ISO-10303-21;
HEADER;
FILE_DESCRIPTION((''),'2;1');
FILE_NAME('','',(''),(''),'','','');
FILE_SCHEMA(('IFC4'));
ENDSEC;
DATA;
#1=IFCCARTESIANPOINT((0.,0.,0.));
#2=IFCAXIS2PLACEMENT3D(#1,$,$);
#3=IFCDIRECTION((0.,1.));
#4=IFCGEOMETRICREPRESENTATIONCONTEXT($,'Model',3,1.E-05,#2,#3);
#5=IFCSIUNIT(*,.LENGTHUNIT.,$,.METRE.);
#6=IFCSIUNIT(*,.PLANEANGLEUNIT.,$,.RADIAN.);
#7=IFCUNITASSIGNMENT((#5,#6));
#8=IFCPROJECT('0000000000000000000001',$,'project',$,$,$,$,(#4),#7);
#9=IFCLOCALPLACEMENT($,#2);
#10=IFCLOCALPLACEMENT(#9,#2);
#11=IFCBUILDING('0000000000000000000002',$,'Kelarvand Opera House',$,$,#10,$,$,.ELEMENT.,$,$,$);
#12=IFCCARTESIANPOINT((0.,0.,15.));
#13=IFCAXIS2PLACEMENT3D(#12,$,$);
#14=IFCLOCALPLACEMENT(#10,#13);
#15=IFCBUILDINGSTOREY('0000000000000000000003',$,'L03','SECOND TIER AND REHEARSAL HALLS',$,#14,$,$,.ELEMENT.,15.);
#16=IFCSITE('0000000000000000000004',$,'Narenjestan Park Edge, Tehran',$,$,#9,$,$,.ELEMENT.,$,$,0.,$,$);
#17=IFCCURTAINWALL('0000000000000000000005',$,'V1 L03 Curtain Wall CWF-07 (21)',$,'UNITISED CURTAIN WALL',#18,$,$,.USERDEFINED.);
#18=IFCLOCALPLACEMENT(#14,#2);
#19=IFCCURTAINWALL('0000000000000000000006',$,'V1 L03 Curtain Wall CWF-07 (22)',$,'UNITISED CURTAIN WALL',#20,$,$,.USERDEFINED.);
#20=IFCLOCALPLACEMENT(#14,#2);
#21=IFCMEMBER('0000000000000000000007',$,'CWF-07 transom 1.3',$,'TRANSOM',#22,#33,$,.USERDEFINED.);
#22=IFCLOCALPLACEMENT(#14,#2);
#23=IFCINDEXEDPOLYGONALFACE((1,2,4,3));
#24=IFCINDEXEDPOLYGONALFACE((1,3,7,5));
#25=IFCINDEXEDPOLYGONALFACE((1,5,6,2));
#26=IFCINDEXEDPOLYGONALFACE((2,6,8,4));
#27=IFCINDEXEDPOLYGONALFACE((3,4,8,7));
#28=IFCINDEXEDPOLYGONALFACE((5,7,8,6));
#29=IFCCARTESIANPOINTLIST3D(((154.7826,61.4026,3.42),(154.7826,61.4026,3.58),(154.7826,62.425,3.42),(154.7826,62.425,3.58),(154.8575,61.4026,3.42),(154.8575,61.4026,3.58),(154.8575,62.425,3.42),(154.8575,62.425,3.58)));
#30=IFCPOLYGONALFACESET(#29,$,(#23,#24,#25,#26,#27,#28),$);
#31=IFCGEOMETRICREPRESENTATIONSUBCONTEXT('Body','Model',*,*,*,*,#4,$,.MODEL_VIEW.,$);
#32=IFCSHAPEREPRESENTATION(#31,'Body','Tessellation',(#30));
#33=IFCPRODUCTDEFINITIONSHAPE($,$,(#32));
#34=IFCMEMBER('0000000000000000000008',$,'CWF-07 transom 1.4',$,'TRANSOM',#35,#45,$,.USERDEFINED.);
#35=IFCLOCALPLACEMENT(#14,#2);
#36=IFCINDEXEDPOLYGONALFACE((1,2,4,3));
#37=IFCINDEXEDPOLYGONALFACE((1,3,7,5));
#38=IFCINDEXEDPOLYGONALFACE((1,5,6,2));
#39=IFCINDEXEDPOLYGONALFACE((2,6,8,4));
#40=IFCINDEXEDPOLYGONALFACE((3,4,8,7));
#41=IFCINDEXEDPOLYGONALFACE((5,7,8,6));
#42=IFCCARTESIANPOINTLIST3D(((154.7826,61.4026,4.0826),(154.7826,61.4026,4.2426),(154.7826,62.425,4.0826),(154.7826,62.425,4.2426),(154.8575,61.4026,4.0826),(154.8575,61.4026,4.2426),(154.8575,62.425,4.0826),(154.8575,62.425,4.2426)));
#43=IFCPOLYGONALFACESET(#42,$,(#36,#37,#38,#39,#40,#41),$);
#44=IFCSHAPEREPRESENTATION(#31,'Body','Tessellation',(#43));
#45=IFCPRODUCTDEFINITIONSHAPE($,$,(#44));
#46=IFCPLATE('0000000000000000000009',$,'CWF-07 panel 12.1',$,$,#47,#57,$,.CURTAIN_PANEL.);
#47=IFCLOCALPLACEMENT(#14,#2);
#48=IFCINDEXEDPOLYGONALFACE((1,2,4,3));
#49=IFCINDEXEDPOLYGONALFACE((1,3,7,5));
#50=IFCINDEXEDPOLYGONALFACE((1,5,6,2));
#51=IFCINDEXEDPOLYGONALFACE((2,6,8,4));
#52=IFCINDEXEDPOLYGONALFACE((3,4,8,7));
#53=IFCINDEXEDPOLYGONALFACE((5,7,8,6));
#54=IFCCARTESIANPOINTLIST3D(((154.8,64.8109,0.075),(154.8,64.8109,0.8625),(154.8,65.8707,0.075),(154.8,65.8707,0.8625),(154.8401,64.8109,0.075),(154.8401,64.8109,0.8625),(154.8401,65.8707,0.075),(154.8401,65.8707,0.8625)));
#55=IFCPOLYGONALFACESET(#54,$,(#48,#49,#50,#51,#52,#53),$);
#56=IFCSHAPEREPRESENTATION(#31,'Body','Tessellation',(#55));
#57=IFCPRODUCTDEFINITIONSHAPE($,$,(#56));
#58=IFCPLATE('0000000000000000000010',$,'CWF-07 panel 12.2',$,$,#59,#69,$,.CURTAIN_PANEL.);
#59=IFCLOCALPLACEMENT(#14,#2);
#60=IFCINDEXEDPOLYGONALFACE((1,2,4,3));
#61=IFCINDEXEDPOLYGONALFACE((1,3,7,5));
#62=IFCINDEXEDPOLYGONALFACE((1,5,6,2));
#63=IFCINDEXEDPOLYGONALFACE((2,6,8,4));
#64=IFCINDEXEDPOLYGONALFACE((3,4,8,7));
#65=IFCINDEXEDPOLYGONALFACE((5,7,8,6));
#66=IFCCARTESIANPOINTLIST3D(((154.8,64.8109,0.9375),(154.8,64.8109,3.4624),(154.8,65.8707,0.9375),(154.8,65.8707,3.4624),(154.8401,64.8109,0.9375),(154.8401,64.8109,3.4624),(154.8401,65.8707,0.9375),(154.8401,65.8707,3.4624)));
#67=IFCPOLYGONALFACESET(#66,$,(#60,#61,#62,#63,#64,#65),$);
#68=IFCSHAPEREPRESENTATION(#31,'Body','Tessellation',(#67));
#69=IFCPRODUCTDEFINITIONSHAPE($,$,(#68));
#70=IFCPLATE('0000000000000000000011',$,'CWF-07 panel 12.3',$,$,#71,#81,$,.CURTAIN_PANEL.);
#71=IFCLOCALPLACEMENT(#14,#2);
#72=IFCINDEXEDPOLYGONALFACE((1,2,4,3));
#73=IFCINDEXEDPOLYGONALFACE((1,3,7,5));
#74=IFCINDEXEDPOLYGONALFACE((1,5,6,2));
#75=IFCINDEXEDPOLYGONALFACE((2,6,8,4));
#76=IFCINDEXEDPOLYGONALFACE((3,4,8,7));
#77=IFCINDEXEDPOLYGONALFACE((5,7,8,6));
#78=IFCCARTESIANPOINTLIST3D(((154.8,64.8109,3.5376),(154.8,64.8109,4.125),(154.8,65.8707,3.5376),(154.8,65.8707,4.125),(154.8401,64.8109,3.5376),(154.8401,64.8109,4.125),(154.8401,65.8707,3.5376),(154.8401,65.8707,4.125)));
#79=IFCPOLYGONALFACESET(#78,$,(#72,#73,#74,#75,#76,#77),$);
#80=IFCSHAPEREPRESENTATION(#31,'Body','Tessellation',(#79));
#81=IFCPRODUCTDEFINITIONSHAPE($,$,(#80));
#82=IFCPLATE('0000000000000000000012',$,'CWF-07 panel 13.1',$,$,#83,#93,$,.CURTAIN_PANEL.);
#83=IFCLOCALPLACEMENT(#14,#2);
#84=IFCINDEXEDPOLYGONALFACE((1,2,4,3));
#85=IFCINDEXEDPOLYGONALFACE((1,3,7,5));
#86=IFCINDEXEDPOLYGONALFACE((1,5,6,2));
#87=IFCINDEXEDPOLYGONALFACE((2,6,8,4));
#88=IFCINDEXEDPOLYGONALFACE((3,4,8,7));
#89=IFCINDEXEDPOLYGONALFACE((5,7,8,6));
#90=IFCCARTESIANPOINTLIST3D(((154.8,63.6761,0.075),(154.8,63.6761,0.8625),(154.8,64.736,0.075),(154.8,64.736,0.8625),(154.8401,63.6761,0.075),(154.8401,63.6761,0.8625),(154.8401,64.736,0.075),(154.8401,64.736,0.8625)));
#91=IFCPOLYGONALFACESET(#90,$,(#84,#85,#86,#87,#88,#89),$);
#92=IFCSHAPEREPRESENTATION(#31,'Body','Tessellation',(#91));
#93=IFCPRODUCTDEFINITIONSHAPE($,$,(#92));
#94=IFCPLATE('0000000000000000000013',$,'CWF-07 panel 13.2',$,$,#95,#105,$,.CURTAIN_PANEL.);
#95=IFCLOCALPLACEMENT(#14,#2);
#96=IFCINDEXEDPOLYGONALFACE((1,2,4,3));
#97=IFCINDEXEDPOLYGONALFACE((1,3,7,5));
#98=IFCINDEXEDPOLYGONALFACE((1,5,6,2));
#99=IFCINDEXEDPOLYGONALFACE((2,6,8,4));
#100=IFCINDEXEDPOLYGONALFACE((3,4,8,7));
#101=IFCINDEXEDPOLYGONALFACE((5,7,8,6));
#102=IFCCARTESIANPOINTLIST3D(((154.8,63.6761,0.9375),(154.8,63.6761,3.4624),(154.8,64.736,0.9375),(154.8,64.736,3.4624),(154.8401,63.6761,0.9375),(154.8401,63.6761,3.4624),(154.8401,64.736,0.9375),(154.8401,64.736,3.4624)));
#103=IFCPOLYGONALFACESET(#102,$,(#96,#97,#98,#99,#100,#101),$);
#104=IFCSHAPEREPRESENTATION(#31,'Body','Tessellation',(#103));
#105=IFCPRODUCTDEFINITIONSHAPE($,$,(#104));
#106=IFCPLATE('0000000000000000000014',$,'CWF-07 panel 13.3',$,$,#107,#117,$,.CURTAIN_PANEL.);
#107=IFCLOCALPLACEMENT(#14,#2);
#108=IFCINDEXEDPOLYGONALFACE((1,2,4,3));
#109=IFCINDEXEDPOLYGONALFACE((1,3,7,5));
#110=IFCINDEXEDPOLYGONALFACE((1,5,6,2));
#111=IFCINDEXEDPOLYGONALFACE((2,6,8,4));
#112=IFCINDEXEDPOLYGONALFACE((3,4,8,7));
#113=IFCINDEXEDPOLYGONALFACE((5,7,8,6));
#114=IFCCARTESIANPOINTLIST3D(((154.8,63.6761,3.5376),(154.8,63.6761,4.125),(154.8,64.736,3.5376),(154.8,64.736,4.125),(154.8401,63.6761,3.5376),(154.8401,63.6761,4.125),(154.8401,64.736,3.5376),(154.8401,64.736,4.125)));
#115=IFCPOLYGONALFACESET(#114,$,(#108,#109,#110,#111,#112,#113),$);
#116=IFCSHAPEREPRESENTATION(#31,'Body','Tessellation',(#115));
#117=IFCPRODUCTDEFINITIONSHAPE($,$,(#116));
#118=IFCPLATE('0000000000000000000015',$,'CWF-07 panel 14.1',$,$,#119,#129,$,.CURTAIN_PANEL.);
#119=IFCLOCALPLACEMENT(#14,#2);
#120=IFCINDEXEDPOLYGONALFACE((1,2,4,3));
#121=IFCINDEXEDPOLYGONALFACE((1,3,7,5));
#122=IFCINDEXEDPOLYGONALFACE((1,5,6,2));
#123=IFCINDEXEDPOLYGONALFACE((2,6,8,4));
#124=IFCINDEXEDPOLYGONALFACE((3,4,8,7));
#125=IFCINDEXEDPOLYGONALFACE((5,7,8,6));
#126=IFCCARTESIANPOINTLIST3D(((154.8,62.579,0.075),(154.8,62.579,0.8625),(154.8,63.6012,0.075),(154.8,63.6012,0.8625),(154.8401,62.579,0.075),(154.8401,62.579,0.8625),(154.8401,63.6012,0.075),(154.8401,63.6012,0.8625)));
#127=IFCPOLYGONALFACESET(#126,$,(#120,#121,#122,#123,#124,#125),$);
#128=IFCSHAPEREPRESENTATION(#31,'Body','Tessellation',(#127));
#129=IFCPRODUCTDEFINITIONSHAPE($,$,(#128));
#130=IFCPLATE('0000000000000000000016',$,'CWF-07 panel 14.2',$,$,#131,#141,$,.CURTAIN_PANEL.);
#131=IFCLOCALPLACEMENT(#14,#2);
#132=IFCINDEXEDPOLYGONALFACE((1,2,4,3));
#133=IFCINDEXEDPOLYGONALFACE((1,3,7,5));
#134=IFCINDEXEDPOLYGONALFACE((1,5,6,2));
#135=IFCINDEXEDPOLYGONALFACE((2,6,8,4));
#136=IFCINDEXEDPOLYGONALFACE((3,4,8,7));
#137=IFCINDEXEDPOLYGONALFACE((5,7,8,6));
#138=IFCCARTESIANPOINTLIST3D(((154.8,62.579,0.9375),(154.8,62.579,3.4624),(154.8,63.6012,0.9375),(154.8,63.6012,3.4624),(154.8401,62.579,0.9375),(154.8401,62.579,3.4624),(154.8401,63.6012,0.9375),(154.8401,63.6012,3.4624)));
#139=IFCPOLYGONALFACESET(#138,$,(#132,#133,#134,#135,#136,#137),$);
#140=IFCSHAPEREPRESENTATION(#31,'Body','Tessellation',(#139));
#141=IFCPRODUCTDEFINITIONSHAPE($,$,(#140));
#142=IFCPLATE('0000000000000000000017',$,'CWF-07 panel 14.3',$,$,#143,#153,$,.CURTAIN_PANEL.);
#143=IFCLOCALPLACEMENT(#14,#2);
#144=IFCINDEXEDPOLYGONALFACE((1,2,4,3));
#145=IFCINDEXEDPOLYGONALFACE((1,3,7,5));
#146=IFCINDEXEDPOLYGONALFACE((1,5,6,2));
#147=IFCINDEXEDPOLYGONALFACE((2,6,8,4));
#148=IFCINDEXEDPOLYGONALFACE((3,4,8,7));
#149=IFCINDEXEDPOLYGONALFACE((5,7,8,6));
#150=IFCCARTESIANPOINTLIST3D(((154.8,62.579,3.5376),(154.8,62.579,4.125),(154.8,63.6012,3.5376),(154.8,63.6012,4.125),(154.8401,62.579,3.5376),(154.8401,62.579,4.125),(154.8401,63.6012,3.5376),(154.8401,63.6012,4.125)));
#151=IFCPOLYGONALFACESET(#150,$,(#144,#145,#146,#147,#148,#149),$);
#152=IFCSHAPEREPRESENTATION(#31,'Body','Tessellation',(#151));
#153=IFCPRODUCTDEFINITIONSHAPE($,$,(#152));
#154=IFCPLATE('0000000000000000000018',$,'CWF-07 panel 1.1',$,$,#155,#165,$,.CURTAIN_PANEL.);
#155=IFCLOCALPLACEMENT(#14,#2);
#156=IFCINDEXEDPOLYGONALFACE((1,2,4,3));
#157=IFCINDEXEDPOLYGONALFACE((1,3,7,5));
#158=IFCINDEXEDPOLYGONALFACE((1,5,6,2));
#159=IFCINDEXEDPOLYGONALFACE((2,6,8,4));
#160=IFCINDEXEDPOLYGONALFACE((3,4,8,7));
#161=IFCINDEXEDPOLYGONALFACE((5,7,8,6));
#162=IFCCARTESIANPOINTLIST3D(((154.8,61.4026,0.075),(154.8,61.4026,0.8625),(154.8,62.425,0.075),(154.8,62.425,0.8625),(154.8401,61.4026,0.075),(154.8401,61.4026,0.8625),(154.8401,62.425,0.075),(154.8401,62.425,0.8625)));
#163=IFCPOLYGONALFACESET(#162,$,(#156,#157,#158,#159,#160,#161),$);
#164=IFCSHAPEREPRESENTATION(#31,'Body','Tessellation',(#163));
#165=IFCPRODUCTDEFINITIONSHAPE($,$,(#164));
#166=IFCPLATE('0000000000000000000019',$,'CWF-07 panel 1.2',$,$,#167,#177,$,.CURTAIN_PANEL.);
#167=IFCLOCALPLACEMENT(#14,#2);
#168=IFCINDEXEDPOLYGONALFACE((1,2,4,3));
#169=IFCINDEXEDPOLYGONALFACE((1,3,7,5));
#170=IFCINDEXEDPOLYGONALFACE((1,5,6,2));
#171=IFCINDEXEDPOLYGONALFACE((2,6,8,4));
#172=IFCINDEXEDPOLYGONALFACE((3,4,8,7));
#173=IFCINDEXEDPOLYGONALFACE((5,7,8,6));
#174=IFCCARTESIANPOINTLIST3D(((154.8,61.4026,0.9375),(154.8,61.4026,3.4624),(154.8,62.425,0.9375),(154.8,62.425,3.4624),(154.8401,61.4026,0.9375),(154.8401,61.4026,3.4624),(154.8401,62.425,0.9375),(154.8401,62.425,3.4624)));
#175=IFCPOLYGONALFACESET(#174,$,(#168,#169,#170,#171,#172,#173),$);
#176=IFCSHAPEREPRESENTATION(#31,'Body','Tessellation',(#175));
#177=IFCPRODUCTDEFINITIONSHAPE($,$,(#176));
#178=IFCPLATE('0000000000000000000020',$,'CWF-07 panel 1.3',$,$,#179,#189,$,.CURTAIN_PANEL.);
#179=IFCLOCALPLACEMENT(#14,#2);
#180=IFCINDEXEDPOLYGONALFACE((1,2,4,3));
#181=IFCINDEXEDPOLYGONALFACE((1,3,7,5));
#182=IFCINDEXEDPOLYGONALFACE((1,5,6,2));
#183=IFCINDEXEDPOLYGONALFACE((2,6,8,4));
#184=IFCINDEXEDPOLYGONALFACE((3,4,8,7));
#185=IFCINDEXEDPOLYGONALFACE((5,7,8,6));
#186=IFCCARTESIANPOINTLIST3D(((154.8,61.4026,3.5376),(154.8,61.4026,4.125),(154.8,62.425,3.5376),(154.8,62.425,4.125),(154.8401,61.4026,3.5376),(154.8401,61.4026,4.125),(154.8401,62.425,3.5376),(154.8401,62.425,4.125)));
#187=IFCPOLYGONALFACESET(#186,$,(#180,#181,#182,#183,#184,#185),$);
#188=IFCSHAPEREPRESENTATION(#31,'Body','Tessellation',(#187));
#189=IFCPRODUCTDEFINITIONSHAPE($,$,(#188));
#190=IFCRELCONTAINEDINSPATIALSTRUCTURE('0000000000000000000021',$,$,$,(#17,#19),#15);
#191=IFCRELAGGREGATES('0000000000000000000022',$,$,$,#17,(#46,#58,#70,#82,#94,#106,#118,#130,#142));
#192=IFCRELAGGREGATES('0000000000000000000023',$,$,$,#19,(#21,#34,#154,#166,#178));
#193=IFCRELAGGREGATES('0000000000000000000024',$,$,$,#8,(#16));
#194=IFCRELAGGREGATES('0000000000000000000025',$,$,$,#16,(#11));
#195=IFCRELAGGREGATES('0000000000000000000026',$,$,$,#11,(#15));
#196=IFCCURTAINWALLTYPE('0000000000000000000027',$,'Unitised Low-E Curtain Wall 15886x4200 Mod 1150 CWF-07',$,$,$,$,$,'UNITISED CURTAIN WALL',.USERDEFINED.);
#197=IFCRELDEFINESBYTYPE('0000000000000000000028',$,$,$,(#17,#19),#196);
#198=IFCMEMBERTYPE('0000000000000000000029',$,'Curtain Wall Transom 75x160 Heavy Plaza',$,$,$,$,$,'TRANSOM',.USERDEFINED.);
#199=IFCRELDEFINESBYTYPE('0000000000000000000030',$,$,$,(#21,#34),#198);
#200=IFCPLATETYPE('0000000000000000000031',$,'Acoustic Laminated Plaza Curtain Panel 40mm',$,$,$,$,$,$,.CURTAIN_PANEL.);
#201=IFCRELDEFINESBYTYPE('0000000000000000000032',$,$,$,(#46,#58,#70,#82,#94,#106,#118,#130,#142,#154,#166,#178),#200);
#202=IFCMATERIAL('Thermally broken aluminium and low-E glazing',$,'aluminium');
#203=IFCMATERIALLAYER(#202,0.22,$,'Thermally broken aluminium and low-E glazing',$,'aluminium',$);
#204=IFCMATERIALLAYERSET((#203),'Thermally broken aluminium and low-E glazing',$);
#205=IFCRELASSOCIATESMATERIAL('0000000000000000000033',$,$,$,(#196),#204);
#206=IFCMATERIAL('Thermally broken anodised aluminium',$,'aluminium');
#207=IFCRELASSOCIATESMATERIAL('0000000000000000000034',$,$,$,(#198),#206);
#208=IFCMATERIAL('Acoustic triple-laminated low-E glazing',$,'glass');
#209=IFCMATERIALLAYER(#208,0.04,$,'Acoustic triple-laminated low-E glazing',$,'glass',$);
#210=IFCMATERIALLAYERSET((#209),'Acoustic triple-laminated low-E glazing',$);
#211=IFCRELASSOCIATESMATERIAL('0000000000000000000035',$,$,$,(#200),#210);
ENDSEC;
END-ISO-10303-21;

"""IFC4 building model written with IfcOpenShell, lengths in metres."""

from ifc_helpers import new_model, si_unit, direction, frame, origin, origin_2d, place, context, subcontext, project, spatial, rectangle, extrude, material, layer, layer_set, material_profile, profile_set, type_object, element, aggregate, save


model = new_model("IFC4")

# Units and contexts
model_context = context("Model", 3, precision=1e-05, world=origin(), true_north=direction((0.0, 1.0)))
body_context = subcontext(model_context, "Body", "Model", "MODEL_VIEW")
ifc_project = project(units=[si_unit("LENGTHUNIT", "METRE"), si_unit("PLANEANGLEUNIT", "RADIAN")], contexts=[model_context])

# Site, building, storey
site_placement = place(None, origin())
site = spatial("IfcSite", under=ifc_project, at=site_placement, Name="Narenjestan Park Edge, Tehran", CompositionType="ELEMENT", RefElevation=0.0)
building_placement = place(site_placement, origin())
building = spatial("IfcBuilding", under=site, at=building_placement, Name="Kelarvand Opera House", CompositionType="ELEMENT")
storey_placement = place(building_placement, frame((0.0, 0.0, 15.0)))
storey = spatial("IfcBuildingStorey", under=building, at=storey_placement, Name="L03", Description="SECOND TIER AND REHEARSAL HALLS", CompositionType="ELEMENT", Elevation=15.0)

# Curtain wall
ifc_material_1 = material(Name="Thermally broken aluminium and low-E glazing", Category="aluminium")
ifc_layer_1 = layer(ifc_material_1, 0.22, Name="Thermally broken aluminium and low-E glazing", Category="aluminium")
ifc_layer_set_1 = layer_set([ifc_layer_1], Name="Thermally broken aluminium and low-E glazing")
curtain_wall_type = type_object("IfcCurtainWallType", Name="Unitised Low-E Curtain Wall 15886x4200 Mod 1150 CWF-07", ElementType="UNITISED CURTAIN WALL", PredefinedType="USERDEFINED", material=ifc_layer_set_1)
curtain_wall_1_placement = place(storey_placement, origin())
curtain_wall_1 = element("IfcCurtainWall", 1, at=curtain_wall_1_placement, inside=storey, type_object=curtain_wall_type, Name="V1 L03 Curtain Wall CWF-07 (21)", ObjectType="UNITISED CURTAIN WALL", PredefinedType="USERDEFINED")
ifc_material_2 = material(Name="Thermally broken anodised aluminium", Category="aluminium")

# Curtain wall
curtain_wall_2_placement = place(storey_placement, origin())
curtain_wall_2 = element("IfcCurtainWall", 2, at=curtain_wall_2_placement, inside=storey, type_object=curtain_wall_type, Name="V1 L03 Curtain Wall CWF-07 (22)", ObjectType="UNITISED CURTAIN WALL", PredefinedType="USERDEFINED")

# Members
ifc_material_profile_1 = material_profile(ifc_material_2, rectangle(XDim=0.075, YDim=0.1599, at=origin_2d()), Name="ALU TRANSOM 75x160", Category="aluminium")
ifc_profile_set_1 = profile_set([ifc_material_profile_1], Name="Thermally broken anodised aluminium")
member_type_1 = type_object("IfcMemberType", Name="Curtain Wall Transom 75x160 Heavy Plaza", ElementType="TRANSOM", PredefinedType="USERDEFINED", material=ifc_profile_set_1)
member_1_placement = place(storey_placement, frame((154.8201, 62.425, 3.5), z_axis=(0.0, -1.0, 0.0), x_axis=(1.0, 0.0, 0.0)))
member_1 = element("IfcMember", 3, at=member_1_placement, type_object=member_type_1, Name="CWF-07 transom 1.3", ObjectType="TRANSOM", PredefinedType="USERDEFINED", context=body_context, shape_type="SweptSolid", body=[
    extrude(rectangle(XDim=0.075, YDim=0.1599, at=origin_2d()), origin(), (0.0, 0.0, 1.0), 1.0225),
])
member_2_placement = place(storey_placement, frame((154.8201, 62.425, 4.1626), z_axis=(0.0, -1.0, 0.0), x_axis=(1.0, 0.0, 0.0)))
member_2 = element("IfcMember", 4, at=member_2_placement, type_object=member_type_1, Name="CWF-07 transom 1.4", ObjectType="TRANSOM", PredefinedType="USERDEFINED", context=body_context, shape_type="SweptSolid", body=[
    extrude(rectangle(XDim=0.075, YDim=0.1599, at=origin_2d()), origin(), (0.0, 0.0, 1.0), 1.0225),
])

# Plates
ifc_material_3 = material(Name="Acoustic triple-laminated low-E glazing", Category="glass")
ifc_layer_2 = layer(ifc_material_3, 0.04, Name="Acoustic triple-laminated low-E glazing", Category="glass")
ifc_layer_set_2 = layer_set([ifc_layer_2], Name="Acoustic triple-laminated low-E glazing")
plate_type = type_object("IfcPlateType", Name="Acoustic Laminated Plaza Curtain Panel 40mm", PredefinedType="CURTAIN_PANEL", material=ifc_layer_set_2)
plate_1_placement = place(storey_placement, frame((154.8201, 65.3408, 0.075), z_axis=(0.0, 0.0, 1.0), x_axis=(0.0, -1.0, 0.0)))
plate_1 = element("IfcPlate", 5, at=plate_1_placement, type_object=plate_type, Name="CWF-07 panel 12.1", PredefinedType="CURTAIN_PANEL", context=body_context, shape_type="SweptSolid", body=[
    extrude(rectangle(XDim=1.0598, YDim=0.04, at=origin_2d()), origin(), (0.0, 0.0, 1.0), 0.7876),
])
plate_2_placement = place(storey_placement, frame((154.8201, 65.3408, 0.9375), z_axis=(0.0, 0.0, 1.0), x_axis=(0.0, -1.0, 0.0)))
plate_2 = element("IfcPlate", 6, at=plate_2_placement, type_object=plate_type, Name="CWF-07 panel 12.2", PredefinedType="CURTAIN_PANEL", context=body_context, shape_type="SweptSolid", body=[
    extrude(rectangle(XDim=1.0598, YDim=0.04, at=origin_2d()), origin(), (0.0, 0.0, 1.0), 2.5249),
])
plate_3_placement = place(storey_placement, frame((154.8201, 65.3408, 3.5376), z_axis=(0.0, 0.0, 1.0), x_axis=(0.0, -1.0, 0.0)))
plate_3 = element("IfcPlate", 7, at=plate_3_placement, type_object=plate_type, Name="CWF-07 panel 12.3", PredefinedType="CURTAIN_PANEL", context=body_context, shape_type="SweptSolid", body=[
    extrude(rectangle(XDim=1.0598, YDim=0.04, at=origin_2d()), origin(), (0.0, 0.0, 1.0), 0.5874),
])
plate_4_placement = place(storey_placement, frame((154.8201, 64.2061, 0.075), z_axis=(0.0, 0.0, 1.0), x_axis=(0.0, -1.0, 0.0)))
plate_4 = element("IfcPlate", 8, at=plate_4_placement, type_object=plate_type, Name="CWF-07 panel 13.1", PredefinedType="CURTAIN_PANEL", context=body_context, shape_type="SweptSolid", body=[
    extrude(rectangle(XDim=1.0598, YDim=0.04, at=origin_2d()), origin(), (0.0, 0.0, 1.0), 0.7876),
])
plate_5_placement = place(storey_placement, frame((154.8201, 64.2061, 0.9375), z_axis=(0.0, 0.0, 1.0), x_axis=(0.0, -1.0, 0.0)))
plate_5 = element("IfcPlate", 9, at=plate_5_placement, type_object=plate_type, Name="CWF-07 panel 13.2", PredefinedType="CURTAIN_PANEL", context=body_context, shape_type="SweptSolid", body=[
    extrude(rectangle(XDim=1.0598, YDim=0.04, at=origin_2d()), origin(), (0.0, 0.0, 1.0), 2.5249),
])
plate_6_placement = place(storey_placement, frame((154.8201, 64.2061, 3.5376), z_axis=(0.0, 0.0, 1.0), x_axis=(0.0, -1.0, 0.0)))
plate_6 = element("IfcPlate", 10, at=plate_6_placement, type_object=plate_type, Name="CWF-07 panel 13.3", PredefinedType="CURTAIN_PANEL", context=body_context, shape_type="SweptSolid", body=[
    extrude(rectangle(XDim=1.0598, YDim=0.04, at=origin_2d()), origin(), (0.0, 0.0, 1.0), 0.5874),
])
plate_7_placement = place(storey_placement, frame((154.8201, 63.0901, 0.075), z_axis=(0.0, 0.0, 1.0), x_axis=(0.0, -1.0, 0.0)))
plate_7 = element("IfcPlate", 11, at=plate_7_placement, type_object=plate_type, Name="CWF-07 panel 14.1", PredefinedType="CURTAIN_PANEL", context=body_context, shape_type="SweptSolid", body=[
    extrude(rectangle(XDim=1.0222, YDim=0.04, at=origin_2d()), origin(), (0.0, 0.0, 1.0), 0.7876),
])
plate_8_placement = place(storey_placement, frame((154.8201, 63.0901, 0.9375), z_axis=(0.0, 0.0, 1.0), x_axis=(0.0, -1.0, 0.0)))
plate_8 = element("IfcPlate", 12, at=plate_8_placement, type_object=plate_type, Name="CWF-07 panel 14.2", PredefinedType="CURTAIN_PANEL", context=body_context, shape_type="SweptSolid", body=[
    extrude(rectangle(XDim=1.0222, YDim=0.04, at=origin_2d()), origin(), (0.0, 0.0, 1.0), 2.5249),
])
plate_9_placement = place(storey_placement, frame((154.8201, 63.0901, 3.5376), z_axis=(0.0, 0.0, 1.0), x_axis=(0.0, -1.0, 0.0)))
plate_9 = element("IfcPlate", 13, at=plate_9_placement, type_object=plate_type, Name="CWF-07 panel 14.3", PredefinedType="CURTAIN_PANEL", context=body_context, shape_type="SweptSolid", body=[
    extrude(rectangle(XDim=1.0222, YDim=0.04, at=origin_2d()), origin(), (0.0, 0.0, 1.0), 0.5874),
])
aggregate(curtain_wall_1, [plate_1, plate_2, plate_3, plate_4, plate_5, plate_6, plate_7, plate_8, plate_9])
plate_10_placement = place(storey_placement, frame((154.8201, 61.9138, 0.075), z_axis=(0.0, 0.0, 1.0), x_axis=(0.0, -1.0, 0.0)))
plate_10 = element("IfcPlate", 14, at=plate_10_placement, type_object=plate_type, Name="CWF-07 panel 1.1", PredefinedType="CURTAIN_PANEL", context=body_context, shape_type="SweptSolid", body=[
    extrude(rectangle(XDim=1.0225, YDim=0.04, at=origin_2d()), origin(), (0.0, 0.0, 1.0), 0.7876),
])
plate_11_placement = place(storey_placement, frame((154.8201, 61.9138, 0.9375), z_axis=(0.0, 0.0, 1.0), x_axis=(0.0, -1.0, 0.0)))
plate_11 = element("IfcPlate", 15, at=plate_11_placement, type_object=plate_type, Name="CWF-07 panel 1.2", PredefinedType="CURTAIN_PANEL", context=body_context, shape_type="SweptSolid", body=[
    extrude(rectangle(XDim=1.0225, YDim=0.04, at=origin_2d()), origin(), (0.0, 0.0, 1.0), 2.5249),
])
plate_12_placement = place(storey_placement, frame((154.8201, 61.9138, 3.5376), z_axis=(0.0, 0.0, 1.0), x_axis=(0.0, -1.0, 0.0)))
plate_12 = element("IfcPlate", 16, at=plate_12_placement, type_object=plate_type, Name="CWF-07 panel 1.3", PredefinedType="CURTAIN_PANEL", context=body_context, shape_type="SweptSolid", body=[
    extrude(rectangle(XDim=1.0225, YDim=0.04, at=origin_2d()), origin(), (0.0, 0.0, 1.0), 0.5874),
])
aggregate(curtain_wall_2, [member_1, member_2, plate_10, plate_11, plate_12])

save(model, "model.ifc")
